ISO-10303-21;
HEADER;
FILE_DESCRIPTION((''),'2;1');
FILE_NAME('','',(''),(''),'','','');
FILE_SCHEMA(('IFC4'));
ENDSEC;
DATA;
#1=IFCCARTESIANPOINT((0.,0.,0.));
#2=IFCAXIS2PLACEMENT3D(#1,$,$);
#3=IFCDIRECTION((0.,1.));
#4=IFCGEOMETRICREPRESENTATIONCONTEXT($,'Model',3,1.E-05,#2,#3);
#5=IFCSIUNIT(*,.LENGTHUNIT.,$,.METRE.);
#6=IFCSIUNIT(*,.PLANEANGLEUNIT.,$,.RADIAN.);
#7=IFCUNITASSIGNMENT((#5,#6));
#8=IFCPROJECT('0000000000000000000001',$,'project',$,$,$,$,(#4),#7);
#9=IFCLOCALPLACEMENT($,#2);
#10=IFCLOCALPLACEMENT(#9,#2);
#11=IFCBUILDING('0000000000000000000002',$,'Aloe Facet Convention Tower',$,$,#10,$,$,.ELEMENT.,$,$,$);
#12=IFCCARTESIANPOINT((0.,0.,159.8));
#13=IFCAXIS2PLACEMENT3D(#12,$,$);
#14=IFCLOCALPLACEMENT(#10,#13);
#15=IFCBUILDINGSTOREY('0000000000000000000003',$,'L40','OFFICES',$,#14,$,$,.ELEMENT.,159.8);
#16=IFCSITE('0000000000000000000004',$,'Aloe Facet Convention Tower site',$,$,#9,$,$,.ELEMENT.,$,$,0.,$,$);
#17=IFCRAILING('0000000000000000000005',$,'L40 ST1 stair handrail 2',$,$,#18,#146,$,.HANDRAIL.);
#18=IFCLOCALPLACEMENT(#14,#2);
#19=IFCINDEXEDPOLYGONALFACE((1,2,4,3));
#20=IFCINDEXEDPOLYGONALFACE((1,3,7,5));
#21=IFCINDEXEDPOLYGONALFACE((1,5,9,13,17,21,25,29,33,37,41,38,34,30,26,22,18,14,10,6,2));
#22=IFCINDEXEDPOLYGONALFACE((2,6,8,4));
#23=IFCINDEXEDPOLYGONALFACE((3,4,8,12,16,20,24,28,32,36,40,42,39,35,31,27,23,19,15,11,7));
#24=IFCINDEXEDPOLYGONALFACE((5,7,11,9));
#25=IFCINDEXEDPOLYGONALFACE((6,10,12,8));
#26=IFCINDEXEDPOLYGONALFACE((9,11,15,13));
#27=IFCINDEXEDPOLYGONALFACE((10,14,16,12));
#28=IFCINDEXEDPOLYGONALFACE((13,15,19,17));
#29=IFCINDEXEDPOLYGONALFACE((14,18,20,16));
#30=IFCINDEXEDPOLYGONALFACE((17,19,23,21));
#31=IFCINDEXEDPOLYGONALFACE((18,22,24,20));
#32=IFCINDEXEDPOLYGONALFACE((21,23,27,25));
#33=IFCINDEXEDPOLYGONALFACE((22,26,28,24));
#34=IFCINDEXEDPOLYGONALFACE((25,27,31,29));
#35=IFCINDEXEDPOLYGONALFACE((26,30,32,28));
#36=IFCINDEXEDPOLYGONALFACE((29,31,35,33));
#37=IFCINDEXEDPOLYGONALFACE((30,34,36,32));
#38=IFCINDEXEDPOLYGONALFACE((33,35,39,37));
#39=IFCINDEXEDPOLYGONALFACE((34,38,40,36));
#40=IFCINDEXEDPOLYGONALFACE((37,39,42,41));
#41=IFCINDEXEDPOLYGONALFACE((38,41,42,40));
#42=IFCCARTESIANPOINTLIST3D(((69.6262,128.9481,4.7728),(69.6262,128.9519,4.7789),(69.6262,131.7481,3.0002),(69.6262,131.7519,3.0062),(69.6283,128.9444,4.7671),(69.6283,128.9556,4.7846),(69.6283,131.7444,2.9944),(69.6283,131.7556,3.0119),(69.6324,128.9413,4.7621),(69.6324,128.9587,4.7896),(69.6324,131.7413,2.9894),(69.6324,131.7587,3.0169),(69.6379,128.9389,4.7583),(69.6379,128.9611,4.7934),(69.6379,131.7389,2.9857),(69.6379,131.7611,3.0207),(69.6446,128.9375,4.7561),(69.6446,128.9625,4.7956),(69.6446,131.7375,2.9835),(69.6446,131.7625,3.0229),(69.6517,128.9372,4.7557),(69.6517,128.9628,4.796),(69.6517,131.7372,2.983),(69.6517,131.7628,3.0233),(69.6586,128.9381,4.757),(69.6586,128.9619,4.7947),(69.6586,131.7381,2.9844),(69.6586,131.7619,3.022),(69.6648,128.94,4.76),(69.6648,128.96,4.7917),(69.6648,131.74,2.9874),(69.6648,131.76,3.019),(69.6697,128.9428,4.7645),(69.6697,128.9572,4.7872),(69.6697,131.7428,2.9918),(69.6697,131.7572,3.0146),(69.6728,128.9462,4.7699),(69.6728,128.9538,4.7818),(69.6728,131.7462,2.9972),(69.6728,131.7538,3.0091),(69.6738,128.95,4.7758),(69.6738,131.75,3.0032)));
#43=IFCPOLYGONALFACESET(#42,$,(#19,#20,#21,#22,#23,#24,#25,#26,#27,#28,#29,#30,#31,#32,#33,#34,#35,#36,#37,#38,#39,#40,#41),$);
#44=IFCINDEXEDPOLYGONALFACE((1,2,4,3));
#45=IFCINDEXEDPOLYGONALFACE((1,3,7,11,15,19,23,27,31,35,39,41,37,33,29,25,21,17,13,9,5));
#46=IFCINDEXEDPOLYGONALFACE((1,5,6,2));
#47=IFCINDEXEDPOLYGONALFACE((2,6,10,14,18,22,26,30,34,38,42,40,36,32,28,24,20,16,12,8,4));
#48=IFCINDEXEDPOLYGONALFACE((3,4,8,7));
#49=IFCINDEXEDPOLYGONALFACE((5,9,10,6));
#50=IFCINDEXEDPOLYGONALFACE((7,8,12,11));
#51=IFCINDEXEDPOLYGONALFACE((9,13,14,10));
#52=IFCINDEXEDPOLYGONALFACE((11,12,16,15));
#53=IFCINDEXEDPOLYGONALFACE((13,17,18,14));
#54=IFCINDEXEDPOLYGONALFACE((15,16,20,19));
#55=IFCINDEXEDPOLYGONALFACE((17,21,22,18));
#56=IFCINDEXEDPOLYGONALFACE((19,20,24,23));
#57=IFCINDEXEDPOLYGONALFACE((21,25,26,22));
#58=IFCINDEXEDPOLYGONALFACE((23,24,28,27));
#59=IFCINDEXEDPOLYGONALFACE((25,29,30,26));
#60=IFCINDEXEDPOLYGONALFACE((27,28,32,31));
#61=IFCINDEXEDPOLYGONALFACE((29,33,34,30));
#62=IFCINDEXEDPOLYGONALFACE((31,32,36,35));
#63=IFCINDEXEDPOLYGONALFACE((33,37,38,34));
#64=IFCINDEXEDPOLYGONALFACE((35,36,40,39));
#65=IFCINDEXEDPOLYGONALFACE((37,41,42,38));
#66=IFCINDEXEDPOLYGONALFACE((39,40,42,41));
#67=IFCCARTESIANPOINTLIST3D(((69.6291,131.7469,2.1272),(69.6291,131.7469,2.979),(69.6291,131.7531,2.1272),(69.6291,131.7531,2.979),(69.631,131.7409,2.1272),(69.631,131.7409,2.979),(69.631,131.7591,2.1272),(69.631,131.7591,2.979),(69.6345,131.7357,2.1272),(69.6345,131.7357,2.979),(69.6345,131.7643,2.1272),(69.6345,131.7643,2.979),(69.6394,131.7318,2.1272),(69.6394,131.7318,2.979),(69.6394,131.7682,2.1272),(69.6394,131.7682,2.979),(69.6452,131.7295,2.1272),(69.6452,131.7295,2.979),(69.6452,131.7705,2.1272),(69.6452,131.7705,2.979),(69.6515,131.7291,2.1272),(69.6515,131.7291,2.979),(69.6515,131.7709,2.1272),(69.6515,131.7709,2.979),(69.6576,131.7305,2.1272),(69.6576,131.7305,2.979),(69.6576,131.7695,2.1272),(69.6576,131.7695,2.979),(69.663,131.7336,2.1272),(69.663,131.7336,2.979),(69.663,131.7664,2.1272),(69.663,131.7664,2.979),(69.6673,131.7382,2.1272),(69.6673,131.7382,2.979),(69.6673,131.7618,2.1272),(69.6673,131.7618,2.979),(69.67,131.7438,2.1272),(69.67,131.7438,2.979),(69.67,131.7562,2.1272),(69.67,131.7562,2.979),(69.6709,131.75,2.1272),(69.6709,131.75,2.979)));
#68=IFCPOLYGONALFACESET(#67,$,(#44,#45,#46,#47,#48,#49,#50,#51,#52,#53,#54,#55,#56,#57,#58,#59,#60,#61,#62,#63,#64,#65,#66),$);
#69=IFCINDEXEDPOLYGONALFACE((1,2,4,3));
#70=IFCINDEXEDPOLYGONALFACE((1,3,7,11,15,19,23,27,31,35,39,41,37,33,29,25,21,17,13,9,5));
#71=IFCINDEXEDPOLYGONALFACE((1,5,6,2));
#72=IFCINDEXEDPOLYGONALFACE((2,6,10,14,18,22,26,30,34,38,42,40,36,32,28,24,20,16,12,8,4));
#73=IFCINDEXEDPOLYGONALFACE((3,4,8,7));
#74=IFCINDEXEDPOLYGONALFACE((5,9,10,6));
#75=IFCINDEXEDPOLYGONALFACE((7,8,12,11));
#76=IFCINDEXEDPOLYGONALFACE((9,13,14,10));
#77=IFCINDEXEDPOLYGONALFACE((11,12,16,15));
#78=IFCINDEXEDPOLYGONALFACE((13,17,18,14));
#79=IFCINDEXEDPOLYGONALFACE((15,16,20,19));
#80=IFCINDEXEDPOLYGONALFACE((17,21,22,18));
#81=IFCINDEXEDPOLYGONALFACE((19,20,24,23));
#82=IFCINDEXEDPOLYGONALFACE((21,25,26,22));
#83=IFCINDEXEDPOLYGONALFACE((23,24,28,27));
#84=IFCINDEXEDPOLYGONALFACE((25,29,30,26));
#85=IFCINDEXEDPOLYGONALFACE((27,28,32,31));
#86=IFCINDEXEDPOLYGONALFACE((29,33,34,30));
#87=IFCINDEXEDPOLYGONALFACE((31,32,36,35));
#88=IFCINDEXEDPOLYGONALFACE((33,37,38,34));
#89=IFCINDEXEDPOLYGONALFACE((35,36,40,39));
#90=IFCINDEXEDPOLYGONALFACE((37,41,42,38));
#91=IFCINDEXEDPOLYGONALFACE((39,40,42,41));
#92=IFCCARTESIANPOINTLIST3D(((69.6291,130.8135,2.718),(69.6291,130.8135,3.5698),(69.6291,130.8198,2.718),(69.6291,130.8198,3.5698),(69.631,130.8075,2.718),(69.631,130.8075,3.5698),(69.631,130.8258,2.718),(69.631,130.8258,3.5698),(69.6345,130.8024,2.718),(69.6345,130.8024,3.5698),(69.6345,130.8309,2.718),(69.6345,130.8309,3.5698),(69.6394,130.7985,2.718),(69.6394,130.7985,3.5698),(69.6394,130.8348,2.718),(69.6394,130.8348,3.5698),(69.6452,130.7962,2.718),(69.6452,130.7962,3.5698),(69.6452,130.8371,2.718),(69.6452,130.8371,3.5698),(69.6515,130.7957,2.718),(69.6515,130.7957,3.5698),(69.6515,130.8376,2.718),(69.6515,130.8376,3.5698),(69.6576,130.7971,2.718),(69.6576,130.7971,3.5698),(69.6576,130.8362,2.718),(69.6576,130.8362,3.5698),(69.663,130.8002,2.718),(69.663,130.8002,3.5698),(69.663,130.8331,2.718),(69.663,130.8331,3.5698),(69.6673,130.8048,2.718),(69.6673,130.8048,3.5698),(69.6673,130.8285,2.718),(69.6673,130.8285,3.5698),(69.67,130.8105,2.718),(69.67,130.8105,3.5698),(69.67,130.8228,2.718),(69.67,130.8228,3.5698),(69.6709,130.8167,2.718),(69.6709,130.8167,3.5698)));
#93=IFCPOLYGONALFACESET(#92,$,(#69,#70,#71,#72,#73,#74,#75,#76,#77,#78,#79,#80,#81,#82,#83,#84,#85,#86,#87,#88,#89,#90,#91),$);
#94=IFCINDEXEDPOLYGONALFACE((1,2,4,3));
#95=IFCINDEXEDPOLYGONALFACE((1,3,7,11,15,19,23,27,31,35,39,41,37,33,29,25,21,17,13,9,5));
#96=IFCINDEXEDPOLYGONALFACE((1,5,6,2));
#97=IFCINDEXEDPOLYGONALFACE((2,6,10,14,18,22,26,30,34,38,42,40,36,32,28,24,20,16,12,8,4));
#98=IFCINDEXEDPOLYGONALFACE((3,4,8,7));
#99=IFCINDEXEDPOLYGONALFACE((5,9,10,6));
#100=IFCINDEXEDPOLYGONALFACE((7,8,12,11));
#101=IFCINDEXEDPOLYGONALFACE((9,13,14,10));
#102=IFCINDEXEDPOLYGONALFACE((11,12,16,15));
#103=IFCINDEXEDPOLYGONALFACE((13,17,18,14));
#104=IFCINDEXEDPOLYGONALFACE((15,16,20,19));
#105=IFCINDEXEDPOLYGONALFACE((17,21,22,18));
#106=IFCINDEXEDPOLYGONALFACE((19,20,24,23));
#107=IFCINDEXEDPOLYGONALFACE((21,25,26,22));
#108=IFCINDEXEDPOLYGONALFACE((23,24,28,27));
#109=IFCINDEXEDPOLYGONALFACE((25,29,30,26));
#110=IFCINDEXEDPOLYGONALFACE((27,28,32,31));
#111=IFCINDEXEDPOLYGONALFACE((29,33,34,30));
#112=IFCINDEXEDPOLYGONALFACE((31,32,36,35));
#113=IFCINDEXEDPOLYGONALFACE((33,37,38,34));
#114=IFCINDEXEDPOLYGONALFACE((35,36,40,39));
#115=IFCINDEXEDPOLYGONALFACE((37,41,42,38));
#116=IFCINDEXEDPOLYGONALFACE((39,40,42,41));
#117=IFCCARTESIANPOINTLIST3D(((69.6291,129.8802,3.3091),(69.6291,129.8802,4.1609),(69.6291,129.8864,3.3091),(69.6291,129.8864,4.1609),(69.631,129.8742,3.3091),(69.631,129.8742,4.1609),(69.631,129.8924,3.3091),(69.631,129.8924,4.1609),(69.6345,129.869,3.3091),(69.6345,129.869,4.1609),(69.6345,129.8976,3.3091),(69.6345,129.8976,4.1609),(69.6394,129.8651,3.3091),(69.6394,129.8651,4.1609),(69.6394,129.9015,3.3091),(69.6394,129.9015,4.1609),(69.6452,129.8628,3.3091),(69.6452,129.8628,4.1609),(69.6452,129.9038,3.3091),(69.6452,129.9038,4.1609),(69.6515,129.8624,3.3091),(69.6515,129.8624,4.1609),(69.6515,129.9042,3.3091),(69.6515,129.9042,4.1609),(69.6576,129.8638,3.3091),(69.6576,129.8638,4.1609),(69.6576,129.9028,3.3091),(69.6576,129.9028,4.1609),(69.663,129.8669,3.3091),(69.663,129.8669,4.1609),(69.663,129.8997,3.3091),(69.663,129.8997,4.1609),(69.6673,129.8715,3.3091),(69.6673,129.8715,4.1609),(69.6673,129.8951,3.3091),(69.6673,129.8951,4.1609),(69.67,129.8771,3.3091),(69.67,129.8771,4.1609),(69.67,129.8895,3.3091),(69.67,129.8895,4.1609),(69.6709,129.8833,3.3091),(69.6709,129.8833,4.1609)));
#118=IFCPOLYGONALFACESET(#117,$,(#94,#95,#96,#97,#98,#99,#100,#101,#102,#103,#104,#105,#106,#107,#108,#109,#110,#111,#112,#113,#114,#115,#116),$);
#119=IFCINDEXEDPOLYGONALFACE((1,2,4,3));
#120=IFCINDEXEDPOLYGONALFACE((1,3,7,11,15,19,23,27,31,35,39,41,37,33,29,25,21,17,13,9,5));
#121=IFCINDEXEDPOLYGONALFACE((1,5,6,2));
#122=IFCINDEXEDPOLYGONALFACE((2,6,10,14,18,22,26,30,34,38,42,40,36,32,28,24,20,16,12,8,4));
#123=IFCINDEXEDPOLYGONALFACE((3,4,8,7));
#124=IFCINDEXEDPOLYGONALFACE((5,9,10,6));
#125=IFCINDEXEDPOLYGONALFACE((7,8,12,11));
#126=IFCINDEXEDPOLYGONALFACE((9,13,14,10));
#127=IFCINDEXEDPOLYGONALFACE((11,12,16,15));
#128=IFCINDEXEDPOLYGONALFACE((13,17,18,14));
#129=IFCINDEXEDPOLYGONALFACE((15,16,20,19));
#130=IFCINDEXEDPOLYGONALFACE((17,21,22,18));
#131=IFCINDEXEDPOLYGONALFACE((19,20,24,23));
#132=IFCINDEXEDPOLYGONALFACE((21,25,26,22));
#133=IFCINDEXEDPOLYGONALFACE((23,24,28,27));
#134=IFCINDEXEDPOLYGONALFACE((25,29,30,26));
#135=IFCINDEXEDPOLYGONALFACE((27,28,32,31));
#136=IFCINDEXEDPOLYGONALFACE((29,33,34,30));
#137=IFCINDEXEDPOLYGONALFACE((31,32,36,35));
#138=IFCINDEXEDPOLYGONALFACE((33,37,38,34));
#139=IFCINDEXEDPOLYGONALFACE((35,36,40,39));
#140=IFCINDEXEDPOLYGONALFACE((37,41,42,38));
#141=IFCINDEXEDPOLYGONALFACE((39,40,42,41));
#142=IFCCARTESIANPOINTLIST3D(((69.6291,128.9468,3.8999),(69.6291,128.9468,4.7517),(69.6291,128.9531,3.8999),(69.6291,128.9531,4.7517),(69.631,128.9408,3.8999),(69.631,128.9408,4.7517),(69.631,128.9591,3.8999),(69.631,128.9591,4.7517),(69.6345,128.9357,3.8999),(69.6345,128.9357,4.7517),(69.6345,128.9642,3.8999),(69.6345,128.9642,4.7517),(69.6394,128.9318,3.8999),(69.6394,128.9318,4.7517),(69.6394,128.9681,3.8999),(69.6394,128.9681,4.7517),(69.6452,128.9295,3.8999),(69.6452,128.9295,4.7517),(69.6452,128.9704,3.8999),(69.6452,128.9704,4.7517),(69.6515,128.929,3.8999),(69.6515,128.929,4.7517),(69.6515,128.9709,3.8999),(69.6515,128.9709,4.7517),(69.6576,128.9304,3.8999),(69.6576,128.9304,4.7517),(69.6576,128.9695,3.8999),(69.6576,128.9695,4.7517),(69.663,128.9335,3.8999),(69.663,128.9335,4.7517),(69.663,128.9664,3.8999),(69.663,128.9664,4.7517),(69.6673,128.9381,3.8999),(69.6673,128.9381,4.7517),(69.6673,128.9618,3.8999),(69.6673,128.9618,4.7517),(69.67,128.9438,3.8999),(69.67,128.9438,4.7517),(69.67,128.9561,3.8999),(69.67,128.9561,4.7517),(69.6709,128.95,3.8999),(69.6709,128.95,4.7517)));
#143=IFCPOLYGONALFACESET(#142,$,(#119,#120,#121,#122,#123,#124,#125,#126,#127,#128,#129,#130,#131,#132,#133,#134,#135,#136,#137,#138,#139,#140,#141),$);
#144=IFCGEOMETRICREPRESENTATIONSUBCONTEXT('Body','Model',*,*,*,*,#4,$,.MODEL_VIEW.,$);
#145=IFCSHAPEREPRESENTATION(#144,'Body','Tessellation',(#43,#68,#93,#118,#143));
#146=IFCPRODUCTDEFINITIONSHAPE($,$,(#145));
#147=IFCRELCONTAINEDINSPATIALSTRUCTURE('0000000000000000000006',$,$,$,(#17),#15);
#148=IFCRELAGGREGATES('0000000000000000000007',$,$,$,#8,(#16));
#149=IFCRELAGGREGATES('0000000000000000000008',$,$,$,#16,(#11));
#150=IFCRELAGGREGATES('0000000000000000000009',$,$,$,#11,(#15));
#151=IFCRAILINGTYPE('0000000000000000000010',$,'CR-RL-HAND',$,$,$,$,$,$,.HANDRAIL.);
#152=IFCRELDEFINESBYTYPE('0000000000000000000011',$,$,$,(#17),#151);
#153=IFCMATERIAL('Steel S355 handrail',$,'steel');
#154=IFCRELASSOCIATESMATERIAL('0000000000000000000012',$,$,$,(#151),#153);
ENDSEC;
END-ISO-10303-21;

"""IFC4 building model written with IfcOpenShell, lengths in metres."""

from ifc_helpers import new_model, si_unit, direction, frame, origin, origin_2d, place, context, subcontext, project, spatial, circle, extrude, material, type_object, element, save


model = new_model("IFC4")

# Units and contexts
model_context = context("Model", 3, precision=1e-05, world=origin(), true_north=direction((0.0, 1.0)))
body_context = subcontext(model_context, "Body", "Model", "MODEL_VIEW")
ifc_project = project(units=[si_unit("LENGTHUNIT", "METRE"), si_unit("PLANEANGLEUNIT", "RADIAN")], contexts=[model_context])

# Site, building, storey
site_placement = place(None, origin())
site = spatial("IfcSite", under=ifc_project, at=site_placement, Name="Aloe Facet Convention Tower site", CompositionType="ELEMENT", RefElevation=0.0)
building_placement = place(site_placement, origin())
building = spatial("IfcBuilding", under=site, at=building_placement, Name="Aloe Facet Convention Tower", CompositionType="ELEMENT")
storey_placement = place(building_placement, frame((0.0, 0.0, 159.8)))
storey = spatial("IfcBuildingStorey", under=building, at=storey_placement, Name="L40", Description="OFFICES", CompositionType="ELEMENT", Elevation=159.8)

# Railing
ifc_material_1 = material(Name="Steel S355 handrail", Category="steel")
railing_type = type_object("IfcRailingType", Name="CR-RL-HAND", PredefinedType="HANDRAIL", material=ifc_material_1)
railing_placement = place(storey_placement, frame((69.6499, 131.75, 2.1272)))
element("IfcRailing", 1, at=railing_placement, inside=storey, type_object=railing_type, Name="L40 ST1 stair handrail 2", PredefinedType="HANDRAIL", context=body_context, shape_type="SweptSolid", body=[
    extrude(circle(Radius=0.0239, at=origin_2d()), frame((0.0, 0.0, 0.876), z_axis=(0.0, -0.844909, 0.53491), x_axis=(1.0, 0.0, 0.0)), (0.0, 0.0, 1.0), 3.314),
    extrude(circle(Radius=0.021, at=origin_2d()), origin(), (0.0, 0.0, 1.0), 0.8518),
    extrude(circle(Radius=0.021, at=origin_2d()), frame((0.0, -0.9333, 0.5908)), (0.0, 0.0, 1.0), 0.8518),
    extrude(circle(Radius=0.021, at=origin_2d()), frame((0.0, -1.8667, 1.1819)), (0.0, 0.0, 1.0), 0.8518),
    extrude(circle(Radius=0.021, at=origin_2d()), frame((0.0, -2.8, 1.7727)), (0.0, 0.0, 1.0), 0.8518),
])

save(model, "model.ifc")
